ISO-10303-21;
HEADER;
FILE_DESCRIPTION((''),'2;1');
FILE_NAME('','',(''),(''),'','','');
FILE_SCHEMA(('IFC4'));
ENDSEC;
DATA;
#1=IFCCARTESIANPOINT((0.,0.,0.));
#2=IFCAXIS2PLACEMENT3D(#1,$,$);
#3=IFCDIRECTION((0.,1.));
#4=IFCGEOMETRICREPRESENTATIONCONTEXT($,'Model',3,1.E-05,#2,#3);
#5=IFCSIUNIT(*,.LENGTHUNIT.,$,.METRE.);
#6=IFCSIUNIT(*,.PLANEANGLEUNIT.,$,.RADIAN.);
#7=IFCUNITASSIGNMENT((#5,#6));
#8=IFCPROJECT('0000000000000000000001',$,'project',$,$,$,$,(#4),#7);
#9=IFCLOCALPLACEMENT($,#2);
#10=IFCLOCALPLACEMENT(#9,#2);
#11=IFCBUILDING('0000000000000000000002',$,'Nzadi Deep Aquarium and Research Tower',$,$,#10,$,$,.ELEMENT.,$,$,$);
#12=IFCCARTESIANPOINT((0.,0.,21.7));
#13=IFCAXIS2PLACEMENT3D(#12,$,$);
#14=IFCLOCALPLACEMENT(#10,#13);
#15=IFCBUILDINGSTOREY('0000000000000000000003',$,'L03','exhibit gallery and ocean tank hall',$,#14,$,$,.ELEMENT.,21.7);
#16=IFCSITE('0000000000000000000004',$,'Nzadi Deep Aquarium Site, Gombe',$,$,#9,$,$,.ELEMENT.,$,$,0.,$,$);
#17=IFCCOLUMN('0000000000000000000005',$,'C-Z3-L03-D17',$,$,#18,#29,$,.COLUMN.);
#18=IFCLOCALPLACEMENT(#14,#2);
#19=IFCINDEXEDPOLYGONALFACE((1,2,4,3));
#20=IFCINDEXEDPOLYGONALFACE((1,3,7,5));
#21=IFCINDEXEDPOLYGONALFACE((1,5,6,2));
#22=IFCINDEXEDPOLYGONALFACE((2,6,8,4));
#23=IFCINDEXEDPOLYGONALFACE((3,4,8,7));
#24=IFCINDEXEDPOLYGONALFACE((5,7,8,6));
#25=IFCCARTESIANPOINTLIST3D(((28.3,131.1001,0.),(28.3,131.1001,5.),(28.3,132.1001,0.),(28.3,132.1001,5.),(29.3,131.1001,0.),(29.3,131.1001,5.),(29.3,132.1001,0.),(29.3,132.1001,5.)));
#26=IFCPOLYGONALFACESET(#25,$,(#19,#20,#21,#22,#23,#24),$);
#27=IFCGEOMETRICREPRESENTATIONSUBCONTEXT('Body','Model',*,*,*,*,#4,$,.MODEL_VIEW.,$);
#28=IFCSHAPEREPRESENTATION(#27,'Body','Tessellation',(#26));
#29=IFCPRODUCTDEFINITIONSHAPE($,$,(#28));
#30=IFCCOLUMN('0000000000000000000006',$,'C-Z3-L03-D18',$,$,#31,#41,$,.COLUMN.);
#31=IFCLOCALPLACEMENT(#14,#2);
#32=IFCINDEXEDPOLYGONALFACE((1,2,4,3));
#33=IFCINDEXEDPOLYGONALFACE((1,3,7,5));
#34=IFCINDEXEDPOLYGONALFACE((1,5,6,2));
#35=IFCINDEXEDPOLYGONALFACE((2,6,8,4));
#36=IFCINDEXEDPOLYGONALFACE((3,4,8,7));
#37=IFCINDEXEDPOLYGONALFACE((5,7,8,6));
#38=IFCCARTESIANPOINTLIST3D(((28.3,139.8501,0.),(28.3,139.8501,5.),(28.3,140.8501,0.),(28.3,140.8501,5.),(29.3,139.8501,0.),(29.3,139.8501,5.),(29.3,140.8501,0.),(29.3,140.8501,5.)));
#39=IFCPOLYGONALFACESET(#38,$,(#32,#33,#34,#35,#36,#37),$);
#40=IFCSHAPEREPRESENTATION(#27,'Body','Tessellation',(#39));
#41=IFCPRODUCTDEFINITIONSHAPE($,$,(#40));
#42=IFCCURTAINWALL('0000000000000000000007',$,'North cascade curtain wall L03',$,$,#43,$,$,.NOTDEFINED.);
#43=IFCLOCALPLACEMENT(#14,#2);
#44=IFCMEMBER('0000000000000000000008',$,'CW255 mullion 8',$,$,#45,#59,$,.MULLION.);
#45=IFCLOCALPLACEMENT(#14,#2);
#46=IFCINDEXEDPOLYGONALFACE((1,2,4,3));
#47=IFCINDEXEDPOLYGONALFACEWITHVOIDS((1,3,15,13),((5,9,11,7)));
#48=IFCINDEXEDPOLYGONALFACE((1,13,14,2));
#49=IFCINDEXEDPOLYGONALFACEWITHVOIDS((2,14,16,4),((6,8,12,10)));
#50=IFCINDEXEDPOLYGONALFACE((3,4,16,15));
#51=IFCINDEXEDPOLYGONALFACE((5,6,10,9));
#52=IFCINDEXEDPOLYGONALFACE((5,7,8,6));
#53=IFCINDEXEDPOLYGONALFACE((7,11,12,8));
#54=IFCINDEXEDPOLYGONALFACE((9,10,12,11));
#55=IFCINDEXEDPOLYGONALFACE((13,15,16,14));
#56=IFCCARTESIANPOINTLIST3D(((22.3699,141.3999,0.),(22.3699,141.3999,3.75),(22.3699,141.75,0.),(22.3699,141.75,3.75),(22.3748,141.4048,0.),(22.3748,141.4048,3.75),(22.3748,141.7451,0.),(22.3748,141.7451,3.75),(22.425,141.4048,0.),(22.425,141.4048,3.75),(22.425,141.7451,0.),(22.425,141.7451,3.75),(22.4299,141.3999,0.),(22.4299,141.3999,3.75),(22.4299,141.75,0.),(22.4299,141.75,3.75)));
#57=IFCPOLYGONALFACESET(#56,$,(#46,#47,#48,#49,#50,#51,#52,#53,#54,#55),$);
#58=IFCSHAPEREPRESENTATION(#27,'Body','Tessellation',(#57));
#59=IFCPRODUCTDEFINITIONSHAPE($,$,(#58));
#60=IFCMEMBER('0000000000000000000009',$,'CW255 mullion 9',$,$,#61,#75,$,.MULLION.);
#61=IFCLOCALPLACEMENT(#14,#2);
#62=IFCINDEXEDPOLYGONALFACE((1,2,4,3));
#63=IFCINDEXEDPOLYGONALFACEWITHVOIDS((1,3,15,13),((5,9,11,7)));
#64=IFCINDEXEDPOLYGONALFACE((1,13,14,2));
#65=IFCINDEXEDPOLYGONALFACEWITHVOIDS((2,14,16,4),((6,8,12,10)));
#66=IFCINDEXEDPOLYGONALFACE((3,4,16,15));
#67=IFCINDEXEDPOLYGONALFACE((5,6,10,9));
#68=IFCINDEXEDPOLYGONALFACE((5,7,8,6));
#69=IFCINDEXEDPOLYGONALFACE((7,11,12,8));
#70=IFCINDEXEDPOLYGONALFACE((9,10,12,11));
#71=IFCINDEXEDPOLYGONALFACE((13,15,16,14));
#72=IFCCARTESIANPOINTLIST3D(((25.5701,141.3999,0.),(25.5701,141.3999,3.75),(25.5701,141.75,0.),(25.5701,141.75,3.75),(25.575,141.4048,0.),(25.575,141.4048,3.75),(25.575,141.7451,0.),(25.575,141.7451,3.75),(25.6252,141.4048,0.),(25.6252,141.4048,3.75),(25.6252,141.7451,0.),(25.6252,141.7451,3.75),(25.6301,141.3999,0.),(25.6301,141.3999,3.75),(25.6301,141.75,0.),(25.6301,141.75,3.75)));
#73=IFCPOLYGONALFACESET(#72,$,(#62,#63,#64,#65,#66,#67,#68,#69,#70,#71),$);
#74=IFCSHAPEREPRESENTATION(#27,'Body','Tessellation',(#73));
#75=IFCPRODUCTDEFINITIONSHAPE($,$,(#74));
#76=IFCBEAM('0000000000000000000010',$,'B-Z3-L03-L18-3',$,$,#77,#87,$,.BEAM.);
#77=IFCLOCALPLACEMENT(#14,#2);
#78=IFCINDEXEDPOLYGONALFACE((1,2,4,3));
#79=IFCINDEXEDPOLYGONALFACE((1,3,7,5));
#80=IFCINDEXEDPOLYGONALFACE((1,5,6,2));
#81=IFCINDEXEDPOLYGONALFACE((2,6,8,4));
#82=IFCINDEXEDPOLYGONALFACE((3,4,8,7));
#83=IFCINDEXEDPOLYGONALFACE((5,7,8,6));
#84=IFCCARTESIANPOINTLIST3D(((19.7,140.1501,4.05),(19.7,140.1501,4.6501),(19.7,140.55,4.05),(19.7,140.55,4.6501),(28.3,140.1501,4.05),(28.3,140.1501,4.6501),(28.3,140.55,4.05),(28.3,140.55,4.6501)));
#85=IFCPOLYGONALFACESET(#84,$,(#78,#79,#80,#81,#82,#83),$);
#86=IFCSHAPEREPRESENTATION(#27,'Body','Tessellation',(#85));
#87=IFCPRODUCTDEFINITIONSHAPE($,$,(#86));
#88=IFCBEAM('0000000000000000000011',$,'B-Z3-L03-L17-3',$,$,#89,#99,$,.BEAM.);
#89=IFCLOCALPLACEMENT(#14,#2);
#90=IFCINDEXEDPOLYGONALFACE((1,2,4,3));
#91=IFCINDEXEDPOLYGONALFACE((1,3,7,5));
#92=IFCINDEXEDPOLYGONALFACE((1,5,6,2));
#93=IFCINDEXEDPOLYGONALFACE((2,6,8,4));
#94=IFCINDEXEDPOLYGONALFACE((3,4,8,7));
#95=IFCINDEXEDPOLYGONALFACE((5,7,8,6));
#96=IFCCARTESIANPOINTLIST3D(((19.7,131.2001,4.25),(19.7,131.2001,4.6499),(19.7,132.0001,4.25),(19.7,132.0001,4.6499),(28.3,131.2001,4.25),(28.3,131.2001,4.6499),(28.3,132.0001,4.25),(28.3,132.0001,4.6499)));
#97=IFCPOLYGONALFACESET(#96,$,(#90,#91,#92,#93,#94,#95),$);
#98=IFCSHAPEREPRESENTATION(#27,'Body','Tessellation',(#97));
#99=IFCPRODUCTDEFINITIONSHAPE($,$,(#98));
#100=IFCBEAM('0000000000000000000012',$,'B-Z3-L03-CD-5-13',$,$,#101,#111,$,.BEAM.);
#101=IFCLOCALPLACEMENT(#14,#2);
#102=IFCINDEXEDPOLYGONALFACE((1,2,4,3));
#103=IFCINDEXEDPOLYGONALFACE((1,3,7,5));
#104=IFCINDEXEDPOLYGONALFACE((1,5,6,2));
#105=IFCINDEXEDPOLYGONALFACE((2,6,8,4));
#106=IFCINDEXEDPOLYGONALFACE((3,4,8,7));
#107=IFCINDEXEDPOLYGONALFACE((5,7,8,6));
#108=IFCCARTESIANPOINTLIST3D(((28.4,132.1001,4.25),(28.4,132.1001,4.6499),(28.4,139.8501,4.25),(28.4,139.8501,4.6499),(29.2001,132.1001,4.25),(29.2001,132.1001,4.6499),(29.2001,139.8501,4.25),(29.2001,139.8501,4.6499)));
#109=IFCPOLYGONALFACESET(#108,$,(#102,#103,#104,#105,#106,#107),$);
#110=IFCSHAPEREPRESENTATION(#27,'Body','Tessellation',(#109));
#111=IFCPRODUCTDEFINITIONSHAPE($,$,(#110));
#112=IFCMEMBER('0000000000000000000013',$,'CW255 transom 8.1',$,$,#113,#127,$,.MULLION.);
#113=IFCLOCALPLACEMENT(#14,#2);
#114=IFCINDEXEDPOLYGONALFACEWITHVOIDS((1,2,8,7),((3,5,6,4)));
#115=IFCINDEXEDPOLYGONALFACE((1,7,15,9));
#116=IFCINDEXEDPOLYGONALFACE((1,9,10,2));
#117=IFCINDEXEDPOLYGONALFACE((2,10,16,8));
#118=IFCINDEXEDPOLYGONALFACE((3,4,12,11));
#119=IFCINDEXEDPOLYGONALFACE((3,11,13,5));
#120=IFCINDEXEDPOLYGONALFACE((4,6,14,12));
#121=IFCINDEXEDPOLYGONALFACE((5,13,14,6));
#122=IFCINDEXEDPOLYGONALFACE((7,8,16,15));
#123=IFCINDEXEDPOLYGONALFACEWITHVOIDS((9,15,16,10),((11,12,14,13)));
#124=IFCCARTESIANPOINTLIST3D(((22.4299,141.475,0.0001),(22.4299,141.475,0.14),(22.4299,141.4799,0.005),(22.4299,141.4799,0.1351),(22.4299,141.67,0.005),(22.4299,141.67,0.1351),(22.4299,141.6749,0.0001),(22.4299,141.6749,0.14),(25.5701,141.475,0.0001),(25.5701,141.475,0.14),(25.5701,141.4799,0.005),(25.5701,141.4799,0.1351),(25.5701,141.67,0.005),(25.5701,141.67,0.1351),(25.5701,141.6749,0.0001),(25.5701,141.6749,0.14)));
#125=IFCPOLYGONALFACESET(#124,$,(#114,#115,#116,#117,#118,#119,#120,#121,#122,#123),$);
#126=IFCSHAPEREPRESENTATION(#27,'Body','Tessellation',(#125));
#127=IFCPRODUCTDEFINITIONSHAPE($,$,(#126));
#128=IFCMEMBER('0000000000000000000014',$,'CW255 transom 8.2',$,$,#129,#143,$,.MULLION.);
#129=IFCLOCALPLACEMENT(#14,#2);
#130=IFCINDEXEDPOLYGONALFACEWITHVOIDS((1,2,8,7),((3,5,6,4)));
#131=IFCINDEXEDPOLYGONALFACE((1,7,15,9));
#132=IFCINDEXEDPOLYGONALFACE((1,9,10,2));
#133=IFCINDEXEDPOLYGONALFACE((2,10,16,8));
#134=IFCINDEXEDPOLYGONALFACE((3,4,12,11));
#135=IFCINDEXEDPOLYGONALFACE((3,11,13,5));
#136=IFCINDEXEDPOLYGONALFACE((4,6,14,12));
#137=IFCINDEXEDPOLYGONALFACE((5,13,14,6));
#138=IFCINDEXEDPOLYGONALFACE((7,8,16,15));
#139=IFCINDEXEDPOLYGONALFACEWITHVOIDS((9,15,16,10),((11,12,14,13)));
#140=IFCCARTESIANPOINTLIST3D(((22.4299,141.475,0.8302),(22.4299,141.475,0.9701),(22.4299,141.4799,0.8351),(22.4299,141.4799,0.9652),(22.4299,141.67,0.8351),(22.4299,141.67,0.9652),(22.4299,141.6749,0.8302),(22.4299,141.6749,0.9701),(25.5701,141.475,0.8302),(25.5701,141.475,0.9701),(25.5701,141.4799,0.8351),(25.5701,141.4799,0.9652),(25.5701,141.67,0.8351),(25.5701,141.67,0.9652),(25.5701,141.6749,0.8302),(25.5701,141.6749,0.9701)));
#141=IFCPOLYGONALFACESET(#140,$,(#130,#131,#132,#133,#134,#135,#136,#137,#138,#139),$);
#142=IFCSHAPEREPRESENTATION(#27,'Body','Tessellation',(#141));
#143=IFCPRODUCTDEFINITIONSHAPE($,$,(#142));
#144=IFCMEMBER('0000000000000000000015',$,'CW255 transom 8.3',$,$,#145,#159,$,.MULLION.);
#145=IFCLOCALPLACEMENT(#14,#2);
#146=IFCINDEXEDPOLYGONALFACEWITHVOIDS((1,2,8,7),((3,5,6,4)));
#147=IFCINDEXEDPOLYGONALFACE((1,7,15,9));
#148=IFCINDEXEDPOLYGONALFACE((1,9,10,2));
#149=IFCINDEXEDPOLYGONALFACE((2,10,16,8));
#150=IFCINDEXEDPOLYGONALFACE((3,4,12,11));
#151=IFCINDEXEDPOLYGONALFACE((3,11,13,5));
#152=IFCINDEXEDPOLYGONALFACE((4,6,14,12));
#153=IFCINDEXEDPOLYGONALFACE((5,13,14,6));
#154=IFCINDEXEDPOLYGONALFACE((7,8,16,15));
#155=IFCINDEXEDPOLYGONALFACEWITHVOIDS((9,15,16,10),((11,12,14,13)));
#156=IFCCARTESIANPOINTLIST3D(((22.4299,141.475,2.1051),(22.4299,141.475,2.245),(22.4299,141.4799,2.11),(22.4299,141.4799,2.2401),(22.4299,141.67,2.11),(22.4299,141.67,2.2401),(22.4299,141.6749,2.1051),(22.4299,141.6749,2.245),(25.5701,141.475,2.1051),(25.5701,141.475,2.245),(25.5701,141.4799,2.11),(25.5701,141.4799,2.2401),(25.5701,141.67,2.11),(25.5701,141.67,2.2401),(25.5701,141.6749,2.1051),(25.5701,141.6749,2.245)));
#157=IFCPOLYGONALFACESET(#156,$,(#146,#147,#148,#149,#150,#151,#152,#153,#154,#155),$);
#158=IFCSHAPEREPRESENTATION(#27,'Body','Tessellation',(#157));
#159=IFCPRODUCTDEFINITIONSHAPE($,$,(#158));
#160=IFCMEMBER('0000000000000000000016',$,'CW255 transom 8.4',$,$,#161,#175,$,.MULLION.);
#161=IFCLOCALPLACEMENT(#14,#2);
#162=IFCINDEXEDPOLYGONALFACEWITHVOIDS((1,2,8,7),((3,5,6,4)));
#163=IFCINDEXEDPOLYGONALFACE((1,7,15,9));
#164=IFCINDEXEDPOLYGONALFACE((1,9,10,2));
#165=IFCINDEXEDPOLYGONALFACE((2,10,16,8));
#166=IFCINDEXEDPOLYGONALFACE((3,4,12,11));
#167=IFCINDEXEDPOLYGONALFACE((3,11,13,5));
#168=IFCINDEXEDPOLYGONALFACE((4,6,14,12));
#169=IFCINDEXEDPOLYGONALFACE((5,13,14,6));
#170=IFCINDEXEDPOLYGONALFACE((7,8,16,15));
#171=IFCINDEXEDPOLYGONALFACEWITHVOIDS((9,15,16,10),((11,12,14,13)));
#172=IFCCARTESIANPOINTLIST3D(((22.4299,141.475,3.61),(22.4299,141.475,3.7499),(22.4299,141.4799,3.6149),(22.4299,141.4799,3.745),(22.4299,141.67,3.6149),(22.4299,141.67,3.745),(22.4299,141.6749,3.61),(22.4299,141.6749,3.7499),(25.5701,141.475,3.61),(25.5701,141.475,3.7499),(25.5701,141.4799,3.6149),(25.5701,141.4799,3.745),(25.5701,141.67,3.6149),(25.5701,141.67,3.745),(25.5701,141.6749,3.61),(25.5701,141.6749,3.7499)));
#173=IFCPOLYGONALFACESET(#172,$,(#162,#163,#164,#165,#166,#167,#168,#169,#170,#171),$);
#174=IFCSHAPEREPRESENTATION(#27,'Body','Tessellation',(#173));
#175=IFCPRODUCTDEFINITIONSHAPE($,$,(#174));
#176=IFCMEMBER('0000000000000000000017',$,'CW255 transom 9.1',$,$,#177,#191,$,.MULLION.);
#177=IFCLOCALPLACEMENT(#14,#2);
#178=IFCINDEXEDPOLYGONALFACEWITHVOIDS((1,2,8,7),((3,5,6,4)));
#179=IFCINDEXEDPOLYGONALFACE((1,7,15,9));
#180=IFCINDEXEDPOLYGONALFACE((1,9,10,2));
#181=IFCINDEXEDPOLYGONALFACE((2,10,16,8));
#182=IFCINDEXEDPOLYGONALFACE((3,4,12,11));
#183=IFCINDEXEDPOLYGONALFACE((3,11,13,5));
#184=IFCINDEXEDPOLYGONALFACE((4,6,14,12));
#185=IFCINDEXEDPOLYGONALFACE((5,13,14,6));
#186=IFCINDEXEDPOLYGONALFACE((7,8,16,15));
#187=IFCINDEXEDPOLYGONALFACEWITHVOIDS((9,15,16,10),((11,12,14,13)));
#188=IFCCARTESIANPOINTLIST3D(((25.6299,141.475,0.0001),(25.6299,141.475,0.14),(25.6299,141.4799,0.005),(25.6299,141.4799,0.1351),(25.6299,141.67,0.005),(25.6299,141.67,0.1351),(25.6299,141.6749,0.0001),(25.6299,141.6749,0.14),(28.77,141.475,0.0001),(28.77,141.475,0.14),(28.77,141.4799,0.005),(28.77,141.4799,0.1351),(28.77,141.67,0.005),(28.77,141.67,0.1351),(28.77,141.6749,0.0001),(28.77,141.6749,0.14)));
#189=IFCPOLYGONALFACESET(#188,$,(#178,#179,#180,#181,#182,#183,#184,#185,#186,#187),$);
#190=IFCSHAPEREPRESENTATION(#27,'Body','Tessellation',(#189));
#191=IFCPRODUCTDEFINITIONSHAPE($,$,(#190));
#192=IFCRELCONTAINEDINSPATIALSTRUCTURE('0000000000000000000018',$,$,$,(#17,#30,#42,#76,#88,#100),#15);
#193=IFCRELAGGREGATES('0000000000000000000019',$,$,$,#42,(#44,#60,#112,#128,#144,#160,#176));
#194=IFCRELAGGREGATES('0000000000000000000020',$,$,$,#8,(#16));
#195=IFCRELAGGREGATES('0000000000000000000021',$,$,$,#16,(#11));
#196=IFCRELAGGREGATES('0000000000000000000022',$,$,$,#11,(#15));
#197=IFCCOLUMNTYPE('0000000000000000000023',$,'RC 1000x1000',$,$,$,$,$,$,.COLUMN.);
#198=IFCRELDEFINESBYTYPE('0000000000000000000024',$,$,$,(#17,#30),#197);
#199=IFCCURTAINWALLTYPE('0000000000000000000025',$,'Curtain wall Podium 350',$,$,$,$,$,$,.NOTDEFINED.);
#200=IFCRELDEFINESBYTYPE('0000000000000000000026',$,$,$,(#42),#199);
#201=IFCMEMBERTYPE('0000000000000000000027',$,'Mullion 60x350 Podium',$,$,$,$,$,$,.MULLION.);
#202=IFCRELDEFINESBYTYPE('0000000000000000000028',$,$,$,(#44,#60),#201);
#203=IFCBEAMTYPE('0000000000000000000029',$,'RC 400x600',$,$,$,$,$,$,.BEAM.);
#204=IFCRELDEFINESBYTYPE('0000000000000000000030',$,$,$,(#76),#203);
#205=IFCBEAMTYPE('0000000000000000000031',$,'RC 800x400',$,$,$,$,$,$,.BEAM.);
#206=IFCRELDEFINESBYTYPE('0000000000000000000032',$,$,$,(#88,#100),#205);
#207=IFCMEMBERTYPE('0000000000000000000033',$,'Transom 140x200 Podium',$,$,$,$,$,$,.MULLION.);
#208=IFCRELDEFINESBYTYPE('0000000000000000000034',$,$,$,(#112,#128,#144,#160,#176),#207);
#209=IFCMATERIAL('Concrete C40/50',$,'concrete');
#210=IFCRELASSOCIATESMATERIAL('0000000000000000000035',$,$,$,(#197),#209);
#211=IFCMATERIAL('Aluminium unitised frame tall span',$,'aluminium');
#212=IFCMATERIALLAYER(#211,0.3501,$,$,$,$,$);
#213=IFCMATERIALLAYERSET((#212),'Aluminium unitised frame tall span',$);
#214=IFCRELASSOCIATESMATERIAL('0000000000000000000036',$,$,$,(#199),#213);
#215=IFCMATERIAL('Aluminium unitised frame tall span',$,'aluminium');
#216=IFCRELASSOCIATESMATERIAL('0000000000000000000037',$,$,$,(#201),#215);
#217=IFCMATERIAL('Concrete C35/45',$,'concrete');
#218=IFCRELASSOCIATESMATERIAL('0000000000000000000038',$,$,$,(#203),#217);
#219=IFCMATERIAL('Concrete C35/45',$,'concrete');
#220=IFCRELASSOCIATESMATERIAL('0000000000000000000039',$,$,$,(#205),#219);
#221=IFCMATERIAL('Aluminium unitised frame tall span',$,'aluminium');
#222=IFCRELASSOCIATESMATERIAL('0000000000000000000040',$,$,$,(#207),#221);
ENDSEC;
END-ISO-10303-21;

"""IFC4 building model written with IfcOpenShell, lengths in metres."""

from ifc_helpers import new_model, si_unit, direction, frame, origin, origin_2d, place, context, subcontext, project, spatial, rectangle, hollow_rectangle, extrude, material, layer, layer_set, material_profile, profile_set, type_object, element, aggregate, save


model = new_model("IFC4")

# Units and contexts
model_context = context("Model", 3, precision=1e-05, world=origin(), true_north=direction((0.0, 1.0)))
body_context = subcontext(model_context, "Body", "Model", "MODEL_VIEW")
ifc_project = project(units=[si_unit("LENGTHUNIT", "METRE"), si_unit("PLANEANGLEUNIT", "RADIAN")], contexts=[model_context])

# Site, building, storey
site_placement = place(None, origin())
site = spatial("IfcSite", under=ifc_project, at=site_placement, Name="Nzadi Deep Aquarium Site, Gombe", CompositionType="ELEMENT", RefElevation=0.0)
building_placement = place(site_placement, origin())
building = spatial("IfcBuilding", under=site, at=building_placement, Name="Nzadi Deep Aquarium and Research Tower", CompositionType="ELEMENT")
storey_placement = place(building_placement, frame((0.0, 0.0, 21.7)))
storey = spatial("IfcBuildingStorey", under=building, at=storey_placement, Name="L03", Description="exhibit gallery and ocean tank hall", CompositionType="ELEMENT", Elevation=21.7)

# Columns
ifc_material_1 = material(Name="Concrete C40/50", Category="concrete")
ifc_material_profile_1 = material_profile(ifc_material_1, rectangle(XDim=1.0, YDim=1.0, at=origin_2d()))
ifc_profile_set_1 = profile_set([ifc_material_profile_1], Name="Concrete C40/50")
column_type = type_object("IfcColumnType", Name="RC 1000x1000", PredefinedType="COLUMN", material=ifc_profile_set_1)
for number, where, z_axis, x_axis, name in (
    (1, (28.8, 131.6001, 0.0), (0.0, 0.0, 1.0), (1.0, 0.0, 0.0), "C-Z3-L03-D17"),
    (2, (28.8, 140.3501, 0.0), (0.0, 0.0, 1.0), (1.0, 0.0, 0.0), "C-Z3-L03-D18"),
):
    element("IfcColumn", number, at=place(storey_placement, frame(where, z_axis=z_axis, x_axis=x_axis)), inside=storey, type_object=column_type, Name=name, PredefinedType="COLUMN", context=body_context, shape_type="SweptSolid", body=[
        extrude(rectangle(XDim=1.0, YDim=1.0, at=origin_2d()), origin(), (0.0, 0.0, 1.0), 5.0),
    ])

# Curtain wall, members
ifc_material_2 = material(Name="Aluminium unitised frame tall span", Category="aluminium")
ifc_layer_1 = layer(ifc_material_2, 0.3501)
ifc_layer_set_1 = layer_set([ifc_layer_1], Name="Aluminium unitised frame tall span")
curtain_wall_type = type_object("IfcCurtainWallType", Name="Curtain wall Podium 350", PredefinedType="NOTDEFINED", material=ifc_layer_set_1)
curtain_wall_placement = place(storey_placement, origin())
curtain_wall = element("IfcCurtainWall", 3, at=curtain_wall_placement, inside=storey, type_object=curtain_wall_type, Name="North cascade curtain wall L03", PredefinedType="NOTDEFINED")
ifc_material_3 = material(Name="Aluminium unitised frame tall span", Category="aluminium")
ifc_material_profile_2 = material_profile(ifc_material_3, hollow_rectangle(XDim=0.3501, YDim=0.0601, WallThickness=0.0049, at=origin_2d()))
ifc_profile_set_2 = profile_set([ifc_material_profile_2], Name="Aluminium unitised frame tall span")
member_type_1 = type_object("IfcMemberType", Name="Mullion 60x350 Podium", PredefinedType="MULLION", material=ifc_profile_set_2)
member_1_placement = place(storey_placement, frame((22.3999, 141.575, 0.0), z_axis=(0.0, 0.0, 1.0), x_axis=(0.0, 1.0, 0.0)))
member_1 = element("IfcMember", 4, at=member_1_placement, type_object=member_type_1, Name="CW255 mullion 8", PredefinedType="MULLION", context=body_context, shape_type="SweptSolid", body=[
    extrude(hollow_rectangle(XDim=0.3501, YDim=0.0601, WallThickness=0.0049, at=origin_2d()), origin(), (0.0, 0.0, 1.0), 3.75),
])
member_2_placement = place(storey_placement, frame((25.6001, 141.575, 0.0), z_axis=(0.0, 0.0, 1.0), x_axis=(0.0, 1.0, 0.0)))
member_2 = element("IfcMember", 5, at=member_2_placement, type_object=member_type_1, Name="CW255 mullion 9", PredefinedType="MULLION", context=body_context, shape_type="SweptSolid", body=[
    extrude(hollow_rectangle(XDim=0.3501, YDim=0.0601, WallThickness=0.0049, at=origin_2d()), origin(), (0.0, 0.0, 1.0), 3.75),
])

# Beams
ifc_material_4 = material(Name="Concrete C35/45", Category="concrete")
ifc_material_profile_3 = material_profile(ifc_material_4, rectangle(XDim=0.3999, YDim=0.6001, at=origin_2d()))
ifc_profile_set_3 = profile_set([ifc_material_profile_3], Name="Concrete C35/45")
beam_type_1 = type_object("IfcBeamType", Name="RC 400x600", PredefinedType="BEAM", material=ifc_profile_set_3)
beam_1_placement = place(storey_placement, frame((19.7, 140.3501, 4.3501), z_axis=(1.0, 0.0, 0.0), x_axis=(0.0, 1.0, 0.0)))
element("IfcBeam", 6, at=beam_1_placement, inside=storey, type_object=beam_type_1, Name="B-Z3-L03-L18-3", PredefinedType="BEAM", context=body_context, shape_type="SweptSolid", body=[
    extrude(rectangle(XDim=0.3999, YDim=0.6001, at=origin_2d()), origin(), (0.0, 0.0, 1.0), 8.6001),
])
ifc_material_5 = material(Name="Concrete C35/45", Category="concrete")
ifc_material_profile_4 = material_profile(ifc_material_5, rectangle(XDim=0.8, YDim=0.3999, at=origin_2d()))
ifc_profile_set_4 = profile_set([ifc_material_profile_4], Name="Concrete C35/45")
beam_type_2 = type_object("IfcBeamType", Name="RC 800x400", PredefinedType="BEAM", material=ifc_profile_set_4)
beam_2_placement = place(storey_placement, frame((19.7, 131.6001, 4.45), z_axis=(1.0, 0.0, 0.0), x_axis=(0.0, 1.0, 0.0)))
element("IfcBeam", 7, at=beam_2_placement, inside=storey, type_object=beam_type_2, Name="B-Z3-L03-L17-3", PredefinedType="BEAM", context=body_context, shape_type="SweptSolid", body=[
    extrude(rectangle(XDim=0.8, YDim=0.3999, at=origin_2d()), origin(), (0.0, 0.0, 1.0), 8.6001),
])
beam_3_placement = place(storey_placement, frame((28.8, 132.1001, 4.45), z_axis=(0.0, 1.0, 0.0), x_axis=(-1.0, 0.0, 0.0)))
element("IfcBeam", 8, at=beam_3_placement, inside=storey, type_object=beam_type_2, Name="B-Z3-L03-CD-5-13", PredefinedType="BEAM", context=body_context, shape_type="SweptSolid", body=[
    extrude(rectangle(XDim=0.8, YDim=0.3999, at=origin_2d()), origin(), (0.0, 0.0, 1.0), 7.75),
])

# Members
ifc_material_6 = material(Name="Aluminium unitised frame tall span", Category="aluminium")
ifc_material_profile_5 = material_profile(ifc_material_6, hollow_rectangle(XDim=0.2, YDim=0.1399, WallThickness=0.0049, at=origin_2d()))
ifc_profile_set_5 = profile_set([ifc_material_profile_5], Name="Aluminium unitised frame tall span")
member_type_2 = type_object("IfcMemberType", Name="Transom 140x200 Podium", PredefinedType="MULLION", material=ifc_profile_set_5)
member_3_placement = place(storey_placement, frame((22.4299, 141.575, 0.0701), z_axis=(1.0, 0.0, 0.0), x_axis=(0.0, 1.0, 0.0)))
member_3 = element("IfcMember", 9, at=member_3_placement, type_object=member_type_2, Name="CW255 transom 8.1", PredefinedType="MULLION", context=body_context, shape_type="SweptSolid", body=[
    extrude(hollow_rectangle(XDim=0.2, YDim=0.1399, WallThickness=0.0049, at=origin_2d()), origin(), (0.0, 0.0, 1.0), 3.1401),
])
member_4_placement = place(storey_placement, frame((22.4299, 141.575, 0.9001), z_axis=(1.0, 0.0, 0.0), x_axis=(0.0, 1.0, 0.0)))
member_4 = element("IfcMember", 10, at=member_4_placement, type_object=member_type_2, Name="CW255 transom 8.2", PredefinedType="MULLION", context=body_context, shape_type="SweptSolid", body=[
    extrude(hollow_rectangle(XDim=0.2, YDim=0.1399, WallThickness=0.0049, at=origin_2d()), origin(), (0.0, 0.0, 1.0), 3.1401),
])
member_5_placement = place(storey_placement, frame((22.4299, 141.575, 2.175), z_axis=(1.0, 0.0, 0.0), x_axis=(0.0, 1.0, 0.0)))
member_5 = element("IfcMember", 11, at=member_5_placement, type_object=member_type_2, Name="CW255 transom 8.3", PredefinedType="MULLION", context=body_context, shape_type="SweptSolid", body=[
    extrude(hollow_rectangle(XDim=0.2, YDim=0.1399, WallThickness=0.0049, at=origin_2d()), origin(), (0.0, 0.0, 1.0), 3.1401),
])
member_6_placement = place(storey_placement, frame((22.4299, 141.575, 3.6799), z_axis=(1.0, 0.0, 0.0), x_axis=(0.0, 1.0, 0.0)))
member_6 = element("IfcMember", 12, at=member_6_placement, type_object=member_type_2, Name="CW255 transom 8.4", PredefinedType="MULLION", context=body_context, shape_type="SweptSolid", body=[
    extrude(hollow_rectangle(XDim=0.2, YDim=0.1399, WallThickness=0.0049, at=origin_2d()), origin(), (0.0, 0.0, 1.0), 3.1401),
])
member_7_placement = place(storey_placement, frame((25.6299, 141.575, 0.0701), z_axis=(1.0, 0.0, 0.0), x_axis=(0.0, 1.0, 0.0)))
member_7 = element("IfcMember", 13, at=member_7_placement, type_object=member_type_2, Name="CW255 transom 9.1", PredefinedType="MULLION", context=body_context, shape_type="SweptSolid", body=[
    extrude(hollow_rectangle(XDim=0.2, YDim=0.1399, WallThickness=0.0049, at=origin_2d()), origin(), (0.0, 0.0, 1.0), 3.1401),
])

aggregate(curtain_wall, [member_1, member_2, member_3, member_4, member_5, member_6, member_7])

save(model, "model.ifc")
